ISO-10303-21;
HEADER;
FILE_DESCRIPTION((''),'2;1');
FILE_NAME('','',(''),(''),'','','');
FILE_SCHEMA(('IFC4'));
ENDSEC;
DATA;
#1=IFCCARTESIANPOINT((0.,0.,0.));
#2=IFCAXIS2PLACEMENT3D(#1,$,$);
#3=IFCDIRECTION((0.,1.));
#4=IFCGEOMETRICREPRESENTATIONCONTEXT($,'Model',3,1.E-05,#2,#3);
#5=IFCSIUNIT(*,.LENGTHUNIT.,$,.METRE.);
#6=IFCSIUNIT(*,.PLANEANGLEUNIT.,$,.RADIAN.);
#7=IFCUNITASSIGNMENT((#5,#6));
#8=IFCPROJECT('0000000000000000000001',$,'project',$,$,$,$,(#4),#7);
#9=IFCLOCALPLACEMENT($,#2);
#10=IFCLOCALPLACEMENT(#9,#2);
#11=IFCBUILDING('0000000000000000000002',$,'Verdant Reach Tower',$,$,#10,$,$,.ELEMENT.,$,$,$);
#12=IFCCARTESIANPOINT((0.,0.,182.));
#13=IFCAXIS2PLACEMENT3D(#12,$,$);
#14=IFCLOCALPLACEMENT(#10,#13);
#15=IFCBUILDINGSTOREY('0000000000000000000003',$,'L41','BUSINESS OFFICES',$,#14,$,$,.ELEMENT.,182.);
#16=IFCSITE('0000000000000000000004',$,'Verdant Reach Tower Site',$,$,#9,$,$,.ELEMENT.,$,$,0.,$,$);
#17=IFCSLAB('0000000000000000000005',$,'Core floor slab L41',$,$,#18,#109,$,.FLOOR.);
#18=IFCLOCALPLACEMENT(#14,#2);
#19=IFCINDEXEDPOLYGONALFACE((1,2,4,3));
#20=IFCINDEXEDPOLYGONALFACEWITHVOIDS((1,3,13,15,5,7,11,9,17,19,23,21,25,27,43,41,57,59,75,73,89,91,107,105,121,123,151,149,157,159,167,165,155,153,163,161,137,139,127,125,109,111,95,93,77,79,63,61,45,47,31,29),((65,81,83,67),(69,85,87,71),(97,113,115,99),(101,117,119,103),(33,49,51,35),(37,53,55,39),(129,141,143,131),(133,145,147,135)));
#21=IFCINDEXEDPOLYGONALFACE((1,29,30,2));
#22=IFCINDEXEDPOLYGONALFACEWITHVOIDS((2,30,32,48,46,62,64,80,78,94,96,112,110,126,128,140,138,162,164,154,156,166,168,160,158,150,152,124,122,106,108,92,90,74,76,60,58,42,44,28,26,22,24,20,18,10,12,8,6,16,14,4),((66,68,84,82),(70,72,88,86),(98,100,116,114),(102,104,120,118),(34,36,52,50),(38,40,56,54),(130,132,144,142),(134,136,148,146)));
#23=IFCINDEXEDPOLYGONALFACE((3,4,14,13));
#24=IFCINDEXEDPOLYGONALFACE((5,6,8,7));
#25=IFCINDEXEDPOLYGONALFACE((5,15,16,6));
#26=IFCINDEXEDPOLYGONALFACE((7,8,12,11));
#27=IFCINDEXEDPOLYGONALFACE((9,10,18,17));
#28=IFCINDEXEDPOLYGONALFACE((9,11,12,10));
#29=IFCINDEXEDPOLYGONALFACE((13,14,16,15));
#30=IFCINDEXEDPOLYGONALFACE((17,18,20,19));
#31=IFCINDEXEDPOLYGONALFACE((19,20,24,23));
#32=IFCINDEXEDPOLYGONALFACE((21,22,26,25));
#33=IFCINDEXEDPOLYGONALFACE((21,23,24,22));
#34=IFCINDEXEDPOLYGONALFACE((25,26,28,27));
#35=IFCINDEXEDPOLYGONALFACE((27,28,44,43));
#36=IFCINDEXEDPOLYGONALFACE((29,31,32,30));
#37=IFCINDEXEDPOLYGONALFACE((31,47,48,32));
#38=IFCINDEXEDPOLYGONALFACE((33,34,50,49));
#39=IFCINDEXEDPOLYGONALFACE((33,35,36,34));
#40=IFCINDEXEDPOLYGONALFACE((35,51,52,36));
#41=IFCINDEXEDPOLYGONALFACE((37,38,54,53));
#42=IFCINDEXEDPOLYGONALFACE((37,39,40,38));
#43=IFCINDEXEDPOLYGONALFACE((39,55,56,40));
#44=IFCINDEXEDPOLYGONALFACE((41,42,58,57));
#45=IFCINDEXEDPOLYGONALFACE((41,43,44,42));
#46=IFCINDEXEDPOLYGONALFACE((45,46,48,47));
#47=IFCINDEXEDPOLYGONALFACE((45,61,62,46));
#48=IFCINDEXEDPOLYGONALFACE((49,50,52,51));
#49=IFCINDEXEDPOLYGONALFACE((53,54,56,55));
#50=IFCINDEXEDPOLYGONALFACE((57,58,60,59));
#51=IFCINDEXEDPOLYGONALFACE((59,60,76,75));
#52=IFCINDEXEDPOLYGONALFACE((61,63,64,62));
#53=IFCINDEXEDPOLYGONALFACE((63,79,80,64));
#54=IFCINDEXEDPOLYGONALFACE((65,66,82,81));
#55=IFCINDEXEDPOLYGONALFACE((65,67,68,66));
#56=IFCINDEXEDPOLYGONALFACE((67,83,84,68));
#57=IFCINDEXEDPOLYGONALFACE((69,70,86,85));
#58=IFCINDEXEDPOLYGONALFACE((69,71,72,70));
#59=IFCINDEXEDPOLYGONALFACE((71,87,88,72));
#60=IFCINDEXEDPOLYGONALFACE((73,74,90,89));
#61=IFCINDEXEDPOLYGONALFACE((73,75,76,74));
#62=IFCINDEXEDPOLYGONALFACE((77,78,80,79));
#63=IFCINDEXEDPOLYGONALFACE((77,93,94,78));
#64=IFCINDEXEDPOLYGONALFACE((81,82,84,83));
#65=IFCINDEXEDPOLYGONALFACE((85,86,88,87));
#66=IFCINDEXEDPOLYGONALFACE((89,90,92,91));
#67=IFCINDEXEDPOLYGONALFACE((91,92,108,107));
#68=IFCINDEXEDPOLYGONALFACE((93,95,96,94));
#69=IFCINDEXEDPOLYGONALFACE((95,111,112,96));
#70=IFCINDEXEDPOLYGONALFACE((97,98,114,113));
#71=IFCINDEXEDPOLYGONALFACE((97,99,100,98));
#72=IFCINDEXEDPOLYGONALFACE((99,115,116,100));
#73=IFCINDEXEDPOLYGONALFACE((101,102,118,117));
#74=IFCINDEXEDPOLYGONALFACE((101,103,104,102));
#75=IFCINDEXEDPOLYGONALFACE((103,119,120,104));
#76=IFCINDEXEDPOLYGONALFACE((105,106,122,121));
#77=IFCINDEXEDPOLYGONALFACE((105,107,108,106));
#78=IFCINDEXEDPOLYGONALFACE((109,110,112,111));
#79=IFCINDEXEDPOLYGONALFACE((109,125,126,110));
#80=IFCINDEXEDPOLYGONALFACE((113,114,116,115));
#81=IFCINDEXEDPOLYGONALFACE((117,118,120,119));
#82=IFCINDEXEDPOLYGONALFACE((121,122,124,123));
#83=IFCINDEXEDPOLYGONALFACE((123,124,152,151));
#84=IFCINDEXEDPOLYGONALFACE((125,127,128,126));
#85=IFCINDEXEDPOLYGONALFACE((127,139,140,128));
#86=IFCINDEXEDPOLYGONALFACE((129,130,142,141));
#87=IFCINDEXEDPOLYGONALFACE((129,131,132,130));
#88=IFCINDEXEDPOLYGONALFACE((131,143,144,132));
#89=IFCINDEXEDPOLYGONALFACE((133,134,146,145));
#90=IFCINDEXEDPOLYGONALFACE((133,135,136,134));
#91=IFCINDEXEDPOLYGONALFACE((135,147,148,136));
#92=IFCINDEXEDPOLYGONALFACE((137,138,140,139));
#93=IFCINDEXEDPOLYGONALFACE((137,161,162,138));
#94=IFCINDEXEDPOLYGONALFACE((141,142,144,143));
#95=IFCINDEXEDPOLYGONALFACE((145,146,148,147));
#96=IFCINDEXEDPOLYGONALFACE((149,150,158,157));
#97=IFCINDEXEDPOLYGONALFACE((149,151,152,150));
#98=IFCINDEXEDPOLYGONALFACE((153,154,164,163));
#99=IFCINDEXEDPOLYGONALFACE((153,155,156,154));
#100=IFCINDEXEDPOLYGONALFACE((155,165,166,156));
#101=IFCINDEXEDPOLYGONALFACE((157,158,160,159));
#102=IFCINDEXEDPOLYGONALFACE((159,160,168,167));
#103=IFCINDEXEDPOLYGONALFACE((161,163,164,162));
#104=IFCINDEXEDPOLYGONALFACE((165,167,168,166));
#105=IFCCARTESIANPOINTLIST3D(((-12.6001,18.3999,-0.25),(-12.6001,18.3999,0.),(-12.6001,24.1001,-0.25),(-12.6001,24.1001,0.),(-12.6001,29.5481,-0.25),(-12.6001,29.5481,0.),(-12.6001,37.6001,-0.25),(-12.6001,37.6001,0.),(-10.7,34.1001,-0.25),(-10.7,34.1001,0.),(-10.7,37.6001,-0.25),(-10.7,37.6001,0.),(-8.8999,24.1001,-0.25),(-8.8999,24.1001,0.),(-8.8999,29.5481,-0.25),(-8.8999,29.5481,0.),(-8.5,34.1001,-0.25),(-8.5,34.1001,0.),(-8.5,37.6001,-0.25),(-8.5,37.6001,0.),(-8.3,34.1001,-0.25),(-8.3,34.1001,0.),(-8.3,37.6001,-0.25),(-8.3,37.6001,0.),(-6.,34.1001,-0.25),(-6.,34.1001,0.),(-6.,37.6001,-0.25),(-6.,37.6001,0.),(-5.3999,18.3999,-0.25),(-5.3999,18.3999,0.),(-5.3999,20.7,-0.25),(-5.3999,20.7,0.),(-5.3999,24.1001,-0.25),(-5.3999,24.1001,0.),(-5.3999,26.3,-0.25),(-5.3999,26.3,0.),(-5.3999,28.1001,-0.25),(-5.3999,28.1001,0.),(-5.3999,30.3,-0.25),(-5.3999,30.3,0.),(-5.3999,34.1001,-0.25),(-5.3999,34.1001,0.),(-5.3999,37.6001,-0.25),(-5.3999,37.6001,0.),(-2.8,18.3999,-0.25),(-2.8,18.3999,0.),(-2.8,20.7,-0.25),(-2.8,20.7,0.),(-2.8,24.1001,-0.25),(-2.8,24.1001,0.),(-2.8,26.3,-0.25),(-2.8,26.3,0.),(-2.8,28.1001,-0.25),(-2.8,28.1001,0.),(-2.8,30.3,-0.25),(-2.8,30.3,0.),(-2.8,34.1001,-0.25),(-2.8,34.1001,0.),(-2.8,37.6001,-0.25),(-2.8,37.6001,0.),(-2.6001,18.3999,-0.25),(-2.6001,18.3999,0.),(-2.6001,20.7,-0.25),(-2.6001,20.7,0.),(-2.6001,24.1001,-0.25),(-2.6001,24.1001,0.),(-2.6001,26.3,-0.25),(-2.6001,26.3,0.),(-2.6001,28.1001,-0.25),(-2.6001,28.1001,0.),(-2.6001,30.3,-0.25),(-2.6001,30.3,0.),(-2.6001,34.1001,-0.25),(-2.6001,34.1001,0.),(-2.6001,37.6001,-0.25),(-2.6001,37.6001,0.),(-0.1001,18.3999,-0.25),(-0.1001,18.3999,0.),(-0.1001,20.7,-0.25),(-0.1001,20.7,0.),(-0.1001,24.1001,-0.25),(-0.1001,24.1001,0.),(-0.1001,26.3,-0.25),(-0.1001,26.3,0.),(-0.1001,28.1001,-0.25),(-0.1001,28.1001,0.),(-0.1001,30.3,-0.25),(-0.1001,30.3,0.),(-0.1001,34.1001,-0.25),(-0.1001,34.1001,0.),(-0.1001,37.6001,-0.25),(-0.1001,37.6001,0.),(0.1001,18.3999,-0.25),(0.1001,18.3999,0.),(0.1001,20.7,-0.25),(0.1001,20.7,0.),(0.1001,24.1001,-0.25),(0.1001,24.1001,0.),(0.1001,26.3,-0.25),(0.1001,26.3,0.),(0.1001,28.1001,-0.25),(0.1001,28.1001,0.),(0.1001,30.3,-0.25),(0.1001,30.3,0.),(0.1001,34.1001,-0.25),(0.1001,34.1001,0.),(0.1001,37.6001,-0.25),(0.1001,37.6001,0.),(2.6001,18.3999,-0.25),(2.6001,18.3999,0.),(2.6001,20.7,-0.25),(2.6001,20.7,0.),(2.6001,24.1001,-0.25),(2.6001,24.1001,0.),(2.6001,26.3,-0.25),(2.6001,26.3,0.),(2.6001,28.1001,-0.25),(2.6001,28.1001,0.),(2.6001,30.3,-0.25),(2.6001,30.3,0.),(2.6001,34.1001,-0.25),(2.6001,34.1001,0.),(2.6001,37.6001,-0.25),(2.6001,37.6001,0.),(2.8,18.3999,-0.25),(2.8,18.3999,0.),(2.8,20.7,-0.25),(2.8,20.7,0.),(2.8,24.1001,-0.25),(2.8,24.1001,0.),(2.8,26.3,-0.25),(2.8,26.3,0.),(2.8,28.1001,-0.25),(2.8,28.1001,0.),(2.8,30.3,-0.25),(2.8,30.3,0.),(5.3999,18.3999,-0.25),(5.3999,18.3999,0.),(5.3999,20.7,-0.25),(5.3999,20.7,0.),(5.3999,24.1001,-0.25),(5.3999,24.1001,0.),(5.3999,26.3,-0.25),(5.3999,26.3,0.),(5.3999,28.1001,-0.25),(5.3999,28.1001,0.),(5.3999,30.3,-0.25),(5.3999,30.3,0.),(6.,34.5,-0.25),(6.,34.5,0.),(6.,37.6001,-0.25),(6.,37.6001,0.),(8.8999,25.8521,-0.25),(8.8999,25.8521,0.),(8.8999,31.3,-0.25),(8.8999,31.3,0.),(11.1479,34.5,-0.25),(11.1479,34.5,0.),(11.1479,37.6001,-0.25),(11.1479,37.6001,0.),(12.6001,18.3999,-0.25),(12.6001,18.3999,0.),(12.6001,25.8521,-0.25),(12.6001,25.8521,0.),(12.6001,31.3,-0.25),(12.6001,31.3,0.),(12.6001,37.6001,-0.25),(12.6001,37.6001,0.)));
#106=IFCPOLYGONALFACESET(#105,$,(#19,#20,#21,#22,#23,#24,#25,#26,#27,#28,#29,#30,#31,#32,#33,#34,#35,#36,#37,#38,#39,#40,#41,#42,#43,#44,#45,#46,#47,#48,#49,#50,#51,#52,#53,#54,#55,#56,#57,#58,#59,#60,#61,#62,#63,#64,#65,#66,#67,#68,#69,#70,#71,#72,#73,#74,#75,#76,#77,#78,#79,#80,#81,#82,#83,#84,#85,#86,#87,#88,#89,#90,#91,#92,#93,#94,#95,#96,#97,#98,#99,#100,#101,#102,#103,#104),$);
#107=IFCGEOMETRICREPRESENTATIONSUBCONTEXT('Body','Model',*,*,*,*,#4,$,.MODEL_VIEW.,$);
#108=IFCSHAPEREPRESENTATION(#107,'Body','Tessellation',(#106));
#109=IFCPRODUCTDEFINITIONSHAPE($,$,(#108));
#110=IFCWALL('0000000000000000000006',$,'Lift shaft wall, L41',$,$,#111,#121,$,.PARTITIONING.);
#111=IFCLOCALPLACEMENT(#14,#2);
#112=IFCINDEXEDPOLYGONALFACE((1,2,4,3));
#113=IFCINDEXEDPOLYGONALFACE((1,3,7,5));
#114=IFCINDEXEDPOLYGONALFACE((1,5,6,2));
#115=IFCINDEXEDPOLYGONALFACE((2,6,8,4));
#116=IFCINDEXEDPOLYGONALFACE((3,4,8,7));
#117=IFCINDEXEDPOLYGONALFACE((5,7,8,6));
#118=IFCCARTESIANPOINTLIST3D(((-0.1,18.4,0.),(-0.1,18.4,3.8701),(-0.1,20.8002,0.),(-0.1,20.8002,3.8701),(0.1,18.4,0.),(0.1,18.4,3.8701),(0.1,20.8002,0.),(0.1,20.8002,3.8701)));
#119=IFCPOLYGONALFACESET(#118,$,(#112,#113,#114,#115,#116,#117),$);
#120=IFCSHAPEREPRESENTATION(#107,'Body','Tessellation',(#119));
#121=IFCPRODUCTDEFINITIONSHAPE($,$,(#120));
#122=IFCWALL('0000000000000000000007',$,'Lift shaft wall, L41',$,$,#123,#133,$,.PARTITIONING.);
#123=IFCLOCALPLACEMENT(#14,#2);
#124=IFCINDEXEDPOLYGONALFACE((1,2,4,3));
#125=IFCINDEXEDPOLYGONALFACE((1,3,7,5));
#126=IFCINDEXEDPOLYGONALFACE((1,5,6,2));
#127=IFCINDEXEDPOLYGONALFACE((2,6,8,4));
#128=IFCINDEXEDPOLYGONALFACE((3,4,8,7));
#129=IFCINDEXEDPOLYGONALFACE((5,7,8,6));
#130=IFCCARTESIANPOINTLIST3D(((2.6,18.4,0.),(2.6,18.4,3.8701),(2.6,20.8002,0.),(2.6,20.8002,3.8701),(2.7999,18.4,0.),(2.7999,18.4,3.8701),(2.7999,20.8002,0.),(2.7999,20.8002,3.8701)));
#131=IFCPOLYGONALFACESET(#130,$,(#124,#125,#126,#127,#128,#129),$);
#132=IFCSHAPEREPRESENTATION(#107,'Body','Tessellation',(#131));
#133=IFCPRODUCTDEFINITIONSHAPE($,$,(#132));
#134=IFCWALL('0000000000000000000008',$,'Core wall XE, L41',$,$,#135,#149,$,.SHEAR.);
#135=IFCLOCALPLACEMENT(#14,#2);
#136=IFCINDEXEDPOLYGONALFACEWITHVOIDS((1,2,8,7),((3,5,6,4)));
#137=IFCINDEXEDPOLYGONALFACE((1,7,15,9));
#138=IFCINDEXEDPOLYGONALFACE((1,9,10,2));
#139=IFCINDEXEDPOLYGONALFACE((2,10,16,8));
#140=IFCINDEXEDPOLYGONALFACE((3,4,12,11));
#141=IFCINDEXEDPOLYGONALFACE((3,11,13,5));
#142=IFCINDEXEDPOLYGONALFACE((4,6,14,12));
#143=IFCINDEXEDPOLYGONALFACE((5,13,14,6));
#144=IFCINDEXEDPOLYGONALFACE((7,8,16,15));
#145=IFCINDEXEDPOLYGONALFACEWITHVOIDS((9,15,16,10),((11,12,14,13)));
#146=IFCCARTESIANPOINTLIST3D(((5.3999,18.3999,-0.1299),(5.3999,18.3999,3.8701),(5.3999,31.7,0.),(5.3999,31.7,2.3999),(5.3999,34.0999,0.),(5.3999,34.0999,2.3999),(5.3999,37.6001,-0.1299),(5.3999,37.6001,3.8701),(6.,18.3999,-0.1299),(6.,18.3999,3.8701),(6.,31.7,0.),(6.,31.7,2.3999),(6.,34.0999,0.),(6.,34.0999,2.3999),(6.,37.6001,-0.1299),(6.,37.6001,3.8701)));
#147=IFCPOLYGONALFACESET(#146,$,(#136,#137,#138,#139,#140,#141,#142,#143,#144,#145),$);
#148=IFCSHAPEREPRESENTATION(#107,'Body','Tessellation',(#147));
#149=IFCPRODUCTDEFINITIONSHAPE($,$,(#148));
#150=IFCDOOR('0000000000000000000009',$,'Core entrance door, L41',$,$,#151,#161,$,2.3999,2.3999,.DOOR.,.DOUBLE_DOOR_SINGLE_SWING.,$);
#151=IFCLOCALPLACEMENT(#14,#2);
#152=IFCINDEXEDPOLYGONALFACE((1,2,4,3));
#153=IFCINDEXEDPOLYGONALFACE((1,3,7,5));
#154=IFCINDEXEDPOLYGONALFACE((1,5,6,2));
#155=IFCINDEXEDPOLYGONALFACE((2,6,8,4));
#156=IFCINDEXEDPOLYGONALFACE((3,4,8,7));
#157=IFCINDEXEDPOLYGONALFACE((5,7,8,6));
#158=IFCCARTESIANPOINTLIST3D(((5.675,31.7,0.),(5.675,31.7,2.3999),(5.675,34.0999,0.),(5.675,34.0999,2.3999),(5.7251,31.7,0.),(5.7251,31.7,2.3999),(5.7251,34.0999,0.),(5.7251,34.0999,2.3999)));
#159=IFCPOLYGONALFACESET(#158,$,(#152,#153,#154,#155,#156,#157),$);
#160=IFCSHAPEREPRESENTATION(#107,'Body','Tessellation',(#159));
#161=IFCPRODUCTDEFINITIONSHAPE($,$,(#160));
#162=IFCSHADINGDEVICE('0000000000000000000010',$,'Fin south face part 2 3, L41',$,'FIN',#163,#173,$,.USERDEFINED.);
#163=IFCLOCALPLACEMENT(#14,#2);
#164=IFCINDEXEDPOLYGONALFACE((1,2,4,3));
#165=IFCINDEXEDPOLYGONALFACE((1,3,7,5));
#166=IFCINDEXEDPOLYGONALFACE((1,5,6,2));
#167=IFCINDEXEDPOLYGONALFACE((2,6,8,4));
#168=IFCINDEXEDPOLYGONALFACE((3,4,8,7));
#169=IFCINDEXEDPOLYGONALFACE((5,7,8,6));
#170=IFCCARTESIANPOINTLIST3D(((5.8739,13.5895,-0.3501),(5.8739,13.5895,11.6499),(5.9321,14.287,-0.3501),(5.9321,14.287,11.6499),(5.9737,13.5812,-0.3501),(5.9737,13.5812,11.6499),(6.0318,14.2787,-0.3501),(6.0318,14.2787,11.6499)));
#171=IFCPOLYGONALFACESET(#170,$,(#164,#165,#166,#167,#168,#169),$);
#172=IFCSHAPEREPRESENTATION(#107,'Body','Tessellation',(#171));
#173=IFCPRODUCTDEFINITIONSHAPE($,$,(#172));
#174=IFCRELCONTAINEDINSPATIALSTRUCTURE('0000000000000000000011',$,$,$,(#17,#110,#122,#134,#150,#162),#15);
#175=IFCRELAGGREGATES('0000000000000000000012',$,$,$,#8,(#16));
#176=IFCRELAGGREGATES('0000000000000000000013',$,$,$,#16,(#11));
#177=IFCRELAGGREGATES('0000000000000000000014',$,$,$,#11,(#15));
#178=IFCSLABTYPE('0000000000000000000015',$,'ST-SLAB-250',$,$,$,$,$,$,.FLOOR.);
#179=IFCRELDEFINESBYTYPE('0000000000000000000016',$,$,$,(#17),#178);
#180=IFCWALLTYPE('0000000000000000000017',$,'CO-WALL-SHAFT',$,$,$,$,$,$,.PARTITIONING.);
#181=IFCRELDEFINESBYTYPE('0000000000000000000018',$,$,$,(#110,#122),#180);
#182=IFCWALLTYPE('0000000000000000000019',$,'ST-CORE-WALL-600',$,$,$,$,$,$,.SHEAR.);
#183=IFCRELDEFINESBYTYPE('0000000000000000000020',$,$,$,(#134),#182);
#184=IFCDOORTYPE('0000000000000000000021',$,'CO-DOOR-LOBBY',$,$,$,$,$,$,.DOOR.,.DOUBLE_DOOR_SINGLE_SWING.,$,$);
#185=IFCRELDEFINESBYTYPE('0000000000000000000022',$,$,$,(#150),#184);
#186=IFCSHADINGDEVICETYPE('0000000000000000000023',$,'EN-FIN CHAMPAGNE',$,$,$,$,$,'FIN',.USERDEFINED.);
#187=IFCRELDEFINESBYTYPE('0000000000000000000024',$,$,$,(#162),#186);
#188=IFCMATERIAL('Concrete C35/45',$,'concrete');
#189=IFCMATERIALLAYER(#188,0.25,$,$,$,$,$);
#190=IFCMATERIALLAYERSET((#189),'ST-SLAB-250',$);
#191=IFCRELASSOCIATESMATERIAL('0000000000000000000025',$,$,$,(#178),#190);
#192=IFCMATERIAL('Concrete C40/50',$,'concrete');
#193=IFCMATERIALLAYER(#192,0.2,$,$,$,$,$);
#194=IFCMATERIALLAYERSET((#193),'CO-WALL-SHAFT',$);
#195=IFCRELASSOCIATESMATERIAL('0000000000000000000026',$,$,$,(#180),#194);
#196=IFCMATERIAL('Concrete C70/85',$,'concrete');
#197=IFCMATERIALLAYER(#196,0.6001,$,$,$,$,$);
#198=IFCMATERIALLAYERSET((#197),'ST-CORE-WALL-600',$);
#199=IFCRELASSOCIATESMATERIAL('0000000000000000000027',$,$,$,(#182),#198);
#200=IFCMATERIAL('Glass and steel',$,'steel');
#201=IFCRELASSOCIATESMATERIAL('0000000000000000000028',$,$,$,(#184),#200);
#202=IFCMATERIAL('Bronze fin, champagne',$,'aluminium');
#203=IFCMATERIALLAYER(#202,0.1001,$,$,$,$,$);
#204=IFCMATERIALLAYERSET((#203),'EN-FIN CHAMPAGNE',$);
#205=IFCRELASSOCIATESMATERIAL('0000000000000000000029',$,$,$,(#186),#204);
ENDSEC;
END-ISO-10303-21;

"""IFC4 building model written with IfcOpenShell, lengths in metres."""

from ifc_helpers import new_model, si_unit, direction, frame, frame_2d, origin, origin_2d, place, context, subcontext, project, spatial, polyline, rectangle, outline, extrude, material, layer, layer_set, type_object, element, fill, save


model = new_model("IFC4")

# Units and contexts
model_context = context("Model", 3, precision=1e-05, world=origin(), true_north=direction((0.0, 1.0)))
body_context = subcontext(model_context, "Body", "Model", "MODEL_VIEW")
ifc_project = project(units=[si_unit("LENGTHUNIT", "METRE"), si_unit("PLANEANGLEUNIT", "RADIAN")], contexts=[model_context])

# Site, building, storey
site_placement = place(None, origin())
site = spatial("IfcSite", under=ifc_project, at=site_placement, Name="Verdant Reach Tower Site", CompositionType="ELEMENT", RefElevation=0.0)
building_placement = place(site_placement, origin())
building = spatial("IfcBuilding", under=site, at=building_placement, Name="Verdant Reach Tower", CompositionType="ELEMENT")
storey_placement = place(building_placement, frame((0.0, 0.0, 182.0)))
storey = spatial("IfcBuildingStorey", under=building, at=storey_placement, Name="L41", Description="BUSINESS OFFICES", CompositionType="ELEMENT", Elevation=182.0)

# Shared definitions
ifc_material_1 = material(Name="Concrete C40/50", Category="concrete")

# Slab
ifc_material_2 = material(Name="Concrete C35/45", Category="concrete")
ifc_layer_1 = layer(ifc_material_2, 0.25)
ifc_layer_set_1 = layer_set([ifc_layer_1], Name="ST-SLAB-250")
slab_type_1 = type_object("IfcSlabType", Name="ST-SLAB-250", PredefinedType="FLOOR", material=ifc_layer_set_1)
slab_1_placement = place(storey_placement, frame((0.0, 0.0, -0.25)))
element("IfcSlab", 1, at=slab_1_placement, inside=storey, type_object=slab_type_1, Name="Core floor slab L41", PredefinedType="FLOOR", context=body_context, shape_type="SweptSolid", body=[
    extrude(outline(polyline([(12.6001, 18.3999), (5.3999, 18.3999), (5.3999, 20.7), (2.8, 20.7), (2.8, 18.3999), (2.6001, 18.3999), (2.6001, 20.7), (0.1001, 20.7), (0.1001, 18.3999), (-0.1001, 18.3999), (-0.1001, 20.7), (-2.6001, 20.7), (-2.6001, 18.3999), (-2.8, 18.3999), (-2.8, 20.7), (-5.3999, 20.7), (-5.3999, 18.3999), (-12.6001, 18.3999), (-12.6001, 24.1001), (-8.8999, 24.1001), (-8.8999, 29.5481), (-12.6001, 29.5481), (-12.6001, 37.6001), (-10.7, 37.6001), (-10.7, 34.1001), (-8.5, 34.1001), (-8.5, 37.6001), (-8.3, 37.6001), (-8.3, 34.1001), (-6.0, 34.1001), (-6.0, 37.6001), (-5.3999, 37.6001), (-5.3999, 34.1001), (-2.8, 34.1001), (-2.8, 37.6001), (-2.6001, 37.6001), (-2.6001, 34.1001), (-0.1001, 34.1001), (-0.1001, 37.6001), (0.1001, 37.6001), (0.1001, 34.1001), (2.6001, 34.1001), (2.6001, 37.6001), (6.0, 37.6001), (6.0, 34.5), (11.1479, 34.5), (11.1479, 37.6001), (12.6001, 37.6001), (12.6001, 31.3), (8.8999, 31.3), (8.8999, 25.8521), (12.6001, 25.8521), (12.6001, 18.3999)]), holes=[polyline([(-2.8, 24.1001), (-2.8, 26.3), (-5.3999, 26.3), (-5.3999, 24.1001), (-2.8, 24.1001)]), polyline([(-2.6001, 24.1001), (-0.1001, 24.1001), (-0.1001, 26.3), (-2.6001, 26.3), (-2.6001, 24.1001)]), polyline([(-2.8, 28.1001), (-2.8, 30.3), (-5.3999, 30.3), (-5.3999, 28.1001), (-2.8, 28.1001)]), polyline([(-0.1001, 28.1001), (-0.1001, 30.3), (-2.6001, 30.3), (-2.6001, 28.1001), (-0.1001, 28.1001)]), polyline([(2.6001, 24.1001), (2.6001, 26.3), (0.1001, 26.3), (0.1001, 24.1001), (2.6001, 24.1001)]), polyline([(2.8, 24.1001), (5.3999, 24.1001), (5.3999, 26.3), (2.8, 26.3), (2.8, 24.1001)]), polyline([(2.6001, 28.1001), (2.6001, 30.3), (0.1001, 30.3), (0.1001, 28.1001), (2.6001, 28.1001)]), polyline([(5.3999, 28.1001), (5.3999, 30.3), (2.8, 30.3), (2.8, 28.1001), (5.3999, 28.1001)])]), origin(), (0.0, 0.0, 1.0), 0.25),
])

# Walls
ifc_layer_2 = layer(ifc_material_1, 0.2)
ifc_layer_set_2 = layer_set([ifc_layer_2], Name="CO-WALL-SHAFT")
wall_type_1 = type_object("IfcWallType", Name="CO-WALL-SHAFT", PredefinedType="PARTITIONING", material=ifc_layer_set_2)
for number, where, z_axis, x_axis, name in (
    (2, (0.0, 18.3999, 0.0), (0.0, 0.0, 1.0), (0.0, 1.0, 0.0), "Lift shaft wall, L41"),
    (3, (2.7, 18.3999, 0.0), (0.0, 0.0, 1.0), (0.0, 1.0, 0.0), "Lift shaft wall, L41"),
):
    element("IfcWall", number, at=place(storey_placement, frame(where, z_axis=z_axis, x_axis=x_axis)), inside=storey, type_object=wall_type_1, Name=name, PredefinedType="PARTITIONING", context=body_context, shape_type="SweptSolid", body=[
        extrude(rectangle(XDim=2.4001, YDim=0.2, at=frame_2d((1.2002, 0.0))), origin(), (0.0, 0.0, 1.0), 3.8701),
    ])

# Wall, opening, door
ifc_material_3 = material(Name="Concrete C70/85", Category="concrete")
ifc_layer_3 = layer(ifc_material_3, 0.6001)
ifc_layer_set_3 = layer_set([ifc_layer_3], Name="ST-CORE-WALL-600")
wall_type_2 = type_object("IfcWallType", Name="ST-CORE-WALL-600", PredefinedType="SHEAR", material=ifc_layer_set_3)
wall_placement = place(storey_placement, frame((5.7, 18.3999, -0.1299), z_axis=(0.0, 0.0, 1.0), x_axis=(0.0, 1.0, 0.0)))
wall = element("IfcWall", 4, at=wall_placement, inside=storey, type_object=wall_type_2, Name="Core wall XE, L41", PredefinedType="SHEAR", context=body_context, shape_type="SweptSolid", body=[
    extrude(rectangle(XDim=19.2002, YDim=0.6001, at=frame_2d((9.6001, 0.0))), origin(), (0.0, 0.0, 1.0), 4.0),
])
opening_placement = place(wall_placement, frame((13.3, 0.0, 0.1299)))
opening = element("IfcOpeningElement", 5, at=opening_placement, cuts=wall, PredefinedType="OPENING", context=body_context, shape_type="SweptSolid", body=[
    extrude(rectangle(XDim=2.3999, YDim=2.3999, at=frame_2d((1.2, 1.2))), frame((0.0, 0.3101, 0.0), z_axis=(0.0, -1.0, 0.0), x_axis=(1.0, 0.0, 0.0)), (0.0, 0.0, 1.0), 0.6201),
])
ifc_material_4 = material(Name="Glass and steel", Category="steel")
door_type = type_object("IfcDoorType", Name="CO-DOOR-LOBBY", OperationType="DOUBLE_DOOR_SINGLE_SWING", PredefinedType="DOOR", material=ifc_material_4)
door_placement = place(opening_placement, origin())
door = element("IfcDoor", 6, at=door_placement, inside=storey, type_object=door_type, Name="Core entrance door, L41", OperationType="DOUBLE_DOOR_SINGLE_SWING", OverallHeight=2.3999, OverallWidth=2.3999, PredefinedType="DOOR", context=body_context, shape_type="SweptSolid", body=[
    extrude(rectangle(XDim=2.3999, YDim=2.3999, at=frame_2d((1.2, 1.2))), frame((0.0, 0.0249, 0.0), z_axis=(0.0, -1.0, 0.0), x_axis=(1.0, 0.0, 0.0)), (0.0, 0.0, 1.0), 0.05),
])
fill(opening, door)

# Shading device
ifc_material_5 = material(Name="Bronze fin, champagne", Category="aluminium")
ifc_layer_4 = layer(ifc_material_5, 0.1001)
ifc_layer_set_4 = layer_set([ifc_layer_4], Name="EN-FIN CHAMPAGNE")
shading_device_type_1 = type_object("IfcShadingDeviceType", Name="EN-FIN CHAMPAGNE", ElementType="FIN", PredefinedType="USERDEFINED", material=ifc_layer_set_4)
shading_device_1_placement = place(storey_placement, frame((5.9529, 13.9341, -0.3501), z_axis=(0.0, 0.0, 1.0), x_axis=(0.996546, -0.083045, 0.0)))
element("IfcShadingDevice", 7, at=shading_device_1_placement, inside=storey, type_object=shading_device_type_1, Name="Fin south face part 2 3, L41", ObjectType="FIN", PredefinedType="USERDEFINED", context=body_context, shape_type="SweptSolid", body=[
    extrude(rectangle(XDim=0.1001, YDim=0.7, at=origin_2d()), origin(), (0.0, 0.0, 1.0), 12.0),
])

save(model, "model.ifc")
